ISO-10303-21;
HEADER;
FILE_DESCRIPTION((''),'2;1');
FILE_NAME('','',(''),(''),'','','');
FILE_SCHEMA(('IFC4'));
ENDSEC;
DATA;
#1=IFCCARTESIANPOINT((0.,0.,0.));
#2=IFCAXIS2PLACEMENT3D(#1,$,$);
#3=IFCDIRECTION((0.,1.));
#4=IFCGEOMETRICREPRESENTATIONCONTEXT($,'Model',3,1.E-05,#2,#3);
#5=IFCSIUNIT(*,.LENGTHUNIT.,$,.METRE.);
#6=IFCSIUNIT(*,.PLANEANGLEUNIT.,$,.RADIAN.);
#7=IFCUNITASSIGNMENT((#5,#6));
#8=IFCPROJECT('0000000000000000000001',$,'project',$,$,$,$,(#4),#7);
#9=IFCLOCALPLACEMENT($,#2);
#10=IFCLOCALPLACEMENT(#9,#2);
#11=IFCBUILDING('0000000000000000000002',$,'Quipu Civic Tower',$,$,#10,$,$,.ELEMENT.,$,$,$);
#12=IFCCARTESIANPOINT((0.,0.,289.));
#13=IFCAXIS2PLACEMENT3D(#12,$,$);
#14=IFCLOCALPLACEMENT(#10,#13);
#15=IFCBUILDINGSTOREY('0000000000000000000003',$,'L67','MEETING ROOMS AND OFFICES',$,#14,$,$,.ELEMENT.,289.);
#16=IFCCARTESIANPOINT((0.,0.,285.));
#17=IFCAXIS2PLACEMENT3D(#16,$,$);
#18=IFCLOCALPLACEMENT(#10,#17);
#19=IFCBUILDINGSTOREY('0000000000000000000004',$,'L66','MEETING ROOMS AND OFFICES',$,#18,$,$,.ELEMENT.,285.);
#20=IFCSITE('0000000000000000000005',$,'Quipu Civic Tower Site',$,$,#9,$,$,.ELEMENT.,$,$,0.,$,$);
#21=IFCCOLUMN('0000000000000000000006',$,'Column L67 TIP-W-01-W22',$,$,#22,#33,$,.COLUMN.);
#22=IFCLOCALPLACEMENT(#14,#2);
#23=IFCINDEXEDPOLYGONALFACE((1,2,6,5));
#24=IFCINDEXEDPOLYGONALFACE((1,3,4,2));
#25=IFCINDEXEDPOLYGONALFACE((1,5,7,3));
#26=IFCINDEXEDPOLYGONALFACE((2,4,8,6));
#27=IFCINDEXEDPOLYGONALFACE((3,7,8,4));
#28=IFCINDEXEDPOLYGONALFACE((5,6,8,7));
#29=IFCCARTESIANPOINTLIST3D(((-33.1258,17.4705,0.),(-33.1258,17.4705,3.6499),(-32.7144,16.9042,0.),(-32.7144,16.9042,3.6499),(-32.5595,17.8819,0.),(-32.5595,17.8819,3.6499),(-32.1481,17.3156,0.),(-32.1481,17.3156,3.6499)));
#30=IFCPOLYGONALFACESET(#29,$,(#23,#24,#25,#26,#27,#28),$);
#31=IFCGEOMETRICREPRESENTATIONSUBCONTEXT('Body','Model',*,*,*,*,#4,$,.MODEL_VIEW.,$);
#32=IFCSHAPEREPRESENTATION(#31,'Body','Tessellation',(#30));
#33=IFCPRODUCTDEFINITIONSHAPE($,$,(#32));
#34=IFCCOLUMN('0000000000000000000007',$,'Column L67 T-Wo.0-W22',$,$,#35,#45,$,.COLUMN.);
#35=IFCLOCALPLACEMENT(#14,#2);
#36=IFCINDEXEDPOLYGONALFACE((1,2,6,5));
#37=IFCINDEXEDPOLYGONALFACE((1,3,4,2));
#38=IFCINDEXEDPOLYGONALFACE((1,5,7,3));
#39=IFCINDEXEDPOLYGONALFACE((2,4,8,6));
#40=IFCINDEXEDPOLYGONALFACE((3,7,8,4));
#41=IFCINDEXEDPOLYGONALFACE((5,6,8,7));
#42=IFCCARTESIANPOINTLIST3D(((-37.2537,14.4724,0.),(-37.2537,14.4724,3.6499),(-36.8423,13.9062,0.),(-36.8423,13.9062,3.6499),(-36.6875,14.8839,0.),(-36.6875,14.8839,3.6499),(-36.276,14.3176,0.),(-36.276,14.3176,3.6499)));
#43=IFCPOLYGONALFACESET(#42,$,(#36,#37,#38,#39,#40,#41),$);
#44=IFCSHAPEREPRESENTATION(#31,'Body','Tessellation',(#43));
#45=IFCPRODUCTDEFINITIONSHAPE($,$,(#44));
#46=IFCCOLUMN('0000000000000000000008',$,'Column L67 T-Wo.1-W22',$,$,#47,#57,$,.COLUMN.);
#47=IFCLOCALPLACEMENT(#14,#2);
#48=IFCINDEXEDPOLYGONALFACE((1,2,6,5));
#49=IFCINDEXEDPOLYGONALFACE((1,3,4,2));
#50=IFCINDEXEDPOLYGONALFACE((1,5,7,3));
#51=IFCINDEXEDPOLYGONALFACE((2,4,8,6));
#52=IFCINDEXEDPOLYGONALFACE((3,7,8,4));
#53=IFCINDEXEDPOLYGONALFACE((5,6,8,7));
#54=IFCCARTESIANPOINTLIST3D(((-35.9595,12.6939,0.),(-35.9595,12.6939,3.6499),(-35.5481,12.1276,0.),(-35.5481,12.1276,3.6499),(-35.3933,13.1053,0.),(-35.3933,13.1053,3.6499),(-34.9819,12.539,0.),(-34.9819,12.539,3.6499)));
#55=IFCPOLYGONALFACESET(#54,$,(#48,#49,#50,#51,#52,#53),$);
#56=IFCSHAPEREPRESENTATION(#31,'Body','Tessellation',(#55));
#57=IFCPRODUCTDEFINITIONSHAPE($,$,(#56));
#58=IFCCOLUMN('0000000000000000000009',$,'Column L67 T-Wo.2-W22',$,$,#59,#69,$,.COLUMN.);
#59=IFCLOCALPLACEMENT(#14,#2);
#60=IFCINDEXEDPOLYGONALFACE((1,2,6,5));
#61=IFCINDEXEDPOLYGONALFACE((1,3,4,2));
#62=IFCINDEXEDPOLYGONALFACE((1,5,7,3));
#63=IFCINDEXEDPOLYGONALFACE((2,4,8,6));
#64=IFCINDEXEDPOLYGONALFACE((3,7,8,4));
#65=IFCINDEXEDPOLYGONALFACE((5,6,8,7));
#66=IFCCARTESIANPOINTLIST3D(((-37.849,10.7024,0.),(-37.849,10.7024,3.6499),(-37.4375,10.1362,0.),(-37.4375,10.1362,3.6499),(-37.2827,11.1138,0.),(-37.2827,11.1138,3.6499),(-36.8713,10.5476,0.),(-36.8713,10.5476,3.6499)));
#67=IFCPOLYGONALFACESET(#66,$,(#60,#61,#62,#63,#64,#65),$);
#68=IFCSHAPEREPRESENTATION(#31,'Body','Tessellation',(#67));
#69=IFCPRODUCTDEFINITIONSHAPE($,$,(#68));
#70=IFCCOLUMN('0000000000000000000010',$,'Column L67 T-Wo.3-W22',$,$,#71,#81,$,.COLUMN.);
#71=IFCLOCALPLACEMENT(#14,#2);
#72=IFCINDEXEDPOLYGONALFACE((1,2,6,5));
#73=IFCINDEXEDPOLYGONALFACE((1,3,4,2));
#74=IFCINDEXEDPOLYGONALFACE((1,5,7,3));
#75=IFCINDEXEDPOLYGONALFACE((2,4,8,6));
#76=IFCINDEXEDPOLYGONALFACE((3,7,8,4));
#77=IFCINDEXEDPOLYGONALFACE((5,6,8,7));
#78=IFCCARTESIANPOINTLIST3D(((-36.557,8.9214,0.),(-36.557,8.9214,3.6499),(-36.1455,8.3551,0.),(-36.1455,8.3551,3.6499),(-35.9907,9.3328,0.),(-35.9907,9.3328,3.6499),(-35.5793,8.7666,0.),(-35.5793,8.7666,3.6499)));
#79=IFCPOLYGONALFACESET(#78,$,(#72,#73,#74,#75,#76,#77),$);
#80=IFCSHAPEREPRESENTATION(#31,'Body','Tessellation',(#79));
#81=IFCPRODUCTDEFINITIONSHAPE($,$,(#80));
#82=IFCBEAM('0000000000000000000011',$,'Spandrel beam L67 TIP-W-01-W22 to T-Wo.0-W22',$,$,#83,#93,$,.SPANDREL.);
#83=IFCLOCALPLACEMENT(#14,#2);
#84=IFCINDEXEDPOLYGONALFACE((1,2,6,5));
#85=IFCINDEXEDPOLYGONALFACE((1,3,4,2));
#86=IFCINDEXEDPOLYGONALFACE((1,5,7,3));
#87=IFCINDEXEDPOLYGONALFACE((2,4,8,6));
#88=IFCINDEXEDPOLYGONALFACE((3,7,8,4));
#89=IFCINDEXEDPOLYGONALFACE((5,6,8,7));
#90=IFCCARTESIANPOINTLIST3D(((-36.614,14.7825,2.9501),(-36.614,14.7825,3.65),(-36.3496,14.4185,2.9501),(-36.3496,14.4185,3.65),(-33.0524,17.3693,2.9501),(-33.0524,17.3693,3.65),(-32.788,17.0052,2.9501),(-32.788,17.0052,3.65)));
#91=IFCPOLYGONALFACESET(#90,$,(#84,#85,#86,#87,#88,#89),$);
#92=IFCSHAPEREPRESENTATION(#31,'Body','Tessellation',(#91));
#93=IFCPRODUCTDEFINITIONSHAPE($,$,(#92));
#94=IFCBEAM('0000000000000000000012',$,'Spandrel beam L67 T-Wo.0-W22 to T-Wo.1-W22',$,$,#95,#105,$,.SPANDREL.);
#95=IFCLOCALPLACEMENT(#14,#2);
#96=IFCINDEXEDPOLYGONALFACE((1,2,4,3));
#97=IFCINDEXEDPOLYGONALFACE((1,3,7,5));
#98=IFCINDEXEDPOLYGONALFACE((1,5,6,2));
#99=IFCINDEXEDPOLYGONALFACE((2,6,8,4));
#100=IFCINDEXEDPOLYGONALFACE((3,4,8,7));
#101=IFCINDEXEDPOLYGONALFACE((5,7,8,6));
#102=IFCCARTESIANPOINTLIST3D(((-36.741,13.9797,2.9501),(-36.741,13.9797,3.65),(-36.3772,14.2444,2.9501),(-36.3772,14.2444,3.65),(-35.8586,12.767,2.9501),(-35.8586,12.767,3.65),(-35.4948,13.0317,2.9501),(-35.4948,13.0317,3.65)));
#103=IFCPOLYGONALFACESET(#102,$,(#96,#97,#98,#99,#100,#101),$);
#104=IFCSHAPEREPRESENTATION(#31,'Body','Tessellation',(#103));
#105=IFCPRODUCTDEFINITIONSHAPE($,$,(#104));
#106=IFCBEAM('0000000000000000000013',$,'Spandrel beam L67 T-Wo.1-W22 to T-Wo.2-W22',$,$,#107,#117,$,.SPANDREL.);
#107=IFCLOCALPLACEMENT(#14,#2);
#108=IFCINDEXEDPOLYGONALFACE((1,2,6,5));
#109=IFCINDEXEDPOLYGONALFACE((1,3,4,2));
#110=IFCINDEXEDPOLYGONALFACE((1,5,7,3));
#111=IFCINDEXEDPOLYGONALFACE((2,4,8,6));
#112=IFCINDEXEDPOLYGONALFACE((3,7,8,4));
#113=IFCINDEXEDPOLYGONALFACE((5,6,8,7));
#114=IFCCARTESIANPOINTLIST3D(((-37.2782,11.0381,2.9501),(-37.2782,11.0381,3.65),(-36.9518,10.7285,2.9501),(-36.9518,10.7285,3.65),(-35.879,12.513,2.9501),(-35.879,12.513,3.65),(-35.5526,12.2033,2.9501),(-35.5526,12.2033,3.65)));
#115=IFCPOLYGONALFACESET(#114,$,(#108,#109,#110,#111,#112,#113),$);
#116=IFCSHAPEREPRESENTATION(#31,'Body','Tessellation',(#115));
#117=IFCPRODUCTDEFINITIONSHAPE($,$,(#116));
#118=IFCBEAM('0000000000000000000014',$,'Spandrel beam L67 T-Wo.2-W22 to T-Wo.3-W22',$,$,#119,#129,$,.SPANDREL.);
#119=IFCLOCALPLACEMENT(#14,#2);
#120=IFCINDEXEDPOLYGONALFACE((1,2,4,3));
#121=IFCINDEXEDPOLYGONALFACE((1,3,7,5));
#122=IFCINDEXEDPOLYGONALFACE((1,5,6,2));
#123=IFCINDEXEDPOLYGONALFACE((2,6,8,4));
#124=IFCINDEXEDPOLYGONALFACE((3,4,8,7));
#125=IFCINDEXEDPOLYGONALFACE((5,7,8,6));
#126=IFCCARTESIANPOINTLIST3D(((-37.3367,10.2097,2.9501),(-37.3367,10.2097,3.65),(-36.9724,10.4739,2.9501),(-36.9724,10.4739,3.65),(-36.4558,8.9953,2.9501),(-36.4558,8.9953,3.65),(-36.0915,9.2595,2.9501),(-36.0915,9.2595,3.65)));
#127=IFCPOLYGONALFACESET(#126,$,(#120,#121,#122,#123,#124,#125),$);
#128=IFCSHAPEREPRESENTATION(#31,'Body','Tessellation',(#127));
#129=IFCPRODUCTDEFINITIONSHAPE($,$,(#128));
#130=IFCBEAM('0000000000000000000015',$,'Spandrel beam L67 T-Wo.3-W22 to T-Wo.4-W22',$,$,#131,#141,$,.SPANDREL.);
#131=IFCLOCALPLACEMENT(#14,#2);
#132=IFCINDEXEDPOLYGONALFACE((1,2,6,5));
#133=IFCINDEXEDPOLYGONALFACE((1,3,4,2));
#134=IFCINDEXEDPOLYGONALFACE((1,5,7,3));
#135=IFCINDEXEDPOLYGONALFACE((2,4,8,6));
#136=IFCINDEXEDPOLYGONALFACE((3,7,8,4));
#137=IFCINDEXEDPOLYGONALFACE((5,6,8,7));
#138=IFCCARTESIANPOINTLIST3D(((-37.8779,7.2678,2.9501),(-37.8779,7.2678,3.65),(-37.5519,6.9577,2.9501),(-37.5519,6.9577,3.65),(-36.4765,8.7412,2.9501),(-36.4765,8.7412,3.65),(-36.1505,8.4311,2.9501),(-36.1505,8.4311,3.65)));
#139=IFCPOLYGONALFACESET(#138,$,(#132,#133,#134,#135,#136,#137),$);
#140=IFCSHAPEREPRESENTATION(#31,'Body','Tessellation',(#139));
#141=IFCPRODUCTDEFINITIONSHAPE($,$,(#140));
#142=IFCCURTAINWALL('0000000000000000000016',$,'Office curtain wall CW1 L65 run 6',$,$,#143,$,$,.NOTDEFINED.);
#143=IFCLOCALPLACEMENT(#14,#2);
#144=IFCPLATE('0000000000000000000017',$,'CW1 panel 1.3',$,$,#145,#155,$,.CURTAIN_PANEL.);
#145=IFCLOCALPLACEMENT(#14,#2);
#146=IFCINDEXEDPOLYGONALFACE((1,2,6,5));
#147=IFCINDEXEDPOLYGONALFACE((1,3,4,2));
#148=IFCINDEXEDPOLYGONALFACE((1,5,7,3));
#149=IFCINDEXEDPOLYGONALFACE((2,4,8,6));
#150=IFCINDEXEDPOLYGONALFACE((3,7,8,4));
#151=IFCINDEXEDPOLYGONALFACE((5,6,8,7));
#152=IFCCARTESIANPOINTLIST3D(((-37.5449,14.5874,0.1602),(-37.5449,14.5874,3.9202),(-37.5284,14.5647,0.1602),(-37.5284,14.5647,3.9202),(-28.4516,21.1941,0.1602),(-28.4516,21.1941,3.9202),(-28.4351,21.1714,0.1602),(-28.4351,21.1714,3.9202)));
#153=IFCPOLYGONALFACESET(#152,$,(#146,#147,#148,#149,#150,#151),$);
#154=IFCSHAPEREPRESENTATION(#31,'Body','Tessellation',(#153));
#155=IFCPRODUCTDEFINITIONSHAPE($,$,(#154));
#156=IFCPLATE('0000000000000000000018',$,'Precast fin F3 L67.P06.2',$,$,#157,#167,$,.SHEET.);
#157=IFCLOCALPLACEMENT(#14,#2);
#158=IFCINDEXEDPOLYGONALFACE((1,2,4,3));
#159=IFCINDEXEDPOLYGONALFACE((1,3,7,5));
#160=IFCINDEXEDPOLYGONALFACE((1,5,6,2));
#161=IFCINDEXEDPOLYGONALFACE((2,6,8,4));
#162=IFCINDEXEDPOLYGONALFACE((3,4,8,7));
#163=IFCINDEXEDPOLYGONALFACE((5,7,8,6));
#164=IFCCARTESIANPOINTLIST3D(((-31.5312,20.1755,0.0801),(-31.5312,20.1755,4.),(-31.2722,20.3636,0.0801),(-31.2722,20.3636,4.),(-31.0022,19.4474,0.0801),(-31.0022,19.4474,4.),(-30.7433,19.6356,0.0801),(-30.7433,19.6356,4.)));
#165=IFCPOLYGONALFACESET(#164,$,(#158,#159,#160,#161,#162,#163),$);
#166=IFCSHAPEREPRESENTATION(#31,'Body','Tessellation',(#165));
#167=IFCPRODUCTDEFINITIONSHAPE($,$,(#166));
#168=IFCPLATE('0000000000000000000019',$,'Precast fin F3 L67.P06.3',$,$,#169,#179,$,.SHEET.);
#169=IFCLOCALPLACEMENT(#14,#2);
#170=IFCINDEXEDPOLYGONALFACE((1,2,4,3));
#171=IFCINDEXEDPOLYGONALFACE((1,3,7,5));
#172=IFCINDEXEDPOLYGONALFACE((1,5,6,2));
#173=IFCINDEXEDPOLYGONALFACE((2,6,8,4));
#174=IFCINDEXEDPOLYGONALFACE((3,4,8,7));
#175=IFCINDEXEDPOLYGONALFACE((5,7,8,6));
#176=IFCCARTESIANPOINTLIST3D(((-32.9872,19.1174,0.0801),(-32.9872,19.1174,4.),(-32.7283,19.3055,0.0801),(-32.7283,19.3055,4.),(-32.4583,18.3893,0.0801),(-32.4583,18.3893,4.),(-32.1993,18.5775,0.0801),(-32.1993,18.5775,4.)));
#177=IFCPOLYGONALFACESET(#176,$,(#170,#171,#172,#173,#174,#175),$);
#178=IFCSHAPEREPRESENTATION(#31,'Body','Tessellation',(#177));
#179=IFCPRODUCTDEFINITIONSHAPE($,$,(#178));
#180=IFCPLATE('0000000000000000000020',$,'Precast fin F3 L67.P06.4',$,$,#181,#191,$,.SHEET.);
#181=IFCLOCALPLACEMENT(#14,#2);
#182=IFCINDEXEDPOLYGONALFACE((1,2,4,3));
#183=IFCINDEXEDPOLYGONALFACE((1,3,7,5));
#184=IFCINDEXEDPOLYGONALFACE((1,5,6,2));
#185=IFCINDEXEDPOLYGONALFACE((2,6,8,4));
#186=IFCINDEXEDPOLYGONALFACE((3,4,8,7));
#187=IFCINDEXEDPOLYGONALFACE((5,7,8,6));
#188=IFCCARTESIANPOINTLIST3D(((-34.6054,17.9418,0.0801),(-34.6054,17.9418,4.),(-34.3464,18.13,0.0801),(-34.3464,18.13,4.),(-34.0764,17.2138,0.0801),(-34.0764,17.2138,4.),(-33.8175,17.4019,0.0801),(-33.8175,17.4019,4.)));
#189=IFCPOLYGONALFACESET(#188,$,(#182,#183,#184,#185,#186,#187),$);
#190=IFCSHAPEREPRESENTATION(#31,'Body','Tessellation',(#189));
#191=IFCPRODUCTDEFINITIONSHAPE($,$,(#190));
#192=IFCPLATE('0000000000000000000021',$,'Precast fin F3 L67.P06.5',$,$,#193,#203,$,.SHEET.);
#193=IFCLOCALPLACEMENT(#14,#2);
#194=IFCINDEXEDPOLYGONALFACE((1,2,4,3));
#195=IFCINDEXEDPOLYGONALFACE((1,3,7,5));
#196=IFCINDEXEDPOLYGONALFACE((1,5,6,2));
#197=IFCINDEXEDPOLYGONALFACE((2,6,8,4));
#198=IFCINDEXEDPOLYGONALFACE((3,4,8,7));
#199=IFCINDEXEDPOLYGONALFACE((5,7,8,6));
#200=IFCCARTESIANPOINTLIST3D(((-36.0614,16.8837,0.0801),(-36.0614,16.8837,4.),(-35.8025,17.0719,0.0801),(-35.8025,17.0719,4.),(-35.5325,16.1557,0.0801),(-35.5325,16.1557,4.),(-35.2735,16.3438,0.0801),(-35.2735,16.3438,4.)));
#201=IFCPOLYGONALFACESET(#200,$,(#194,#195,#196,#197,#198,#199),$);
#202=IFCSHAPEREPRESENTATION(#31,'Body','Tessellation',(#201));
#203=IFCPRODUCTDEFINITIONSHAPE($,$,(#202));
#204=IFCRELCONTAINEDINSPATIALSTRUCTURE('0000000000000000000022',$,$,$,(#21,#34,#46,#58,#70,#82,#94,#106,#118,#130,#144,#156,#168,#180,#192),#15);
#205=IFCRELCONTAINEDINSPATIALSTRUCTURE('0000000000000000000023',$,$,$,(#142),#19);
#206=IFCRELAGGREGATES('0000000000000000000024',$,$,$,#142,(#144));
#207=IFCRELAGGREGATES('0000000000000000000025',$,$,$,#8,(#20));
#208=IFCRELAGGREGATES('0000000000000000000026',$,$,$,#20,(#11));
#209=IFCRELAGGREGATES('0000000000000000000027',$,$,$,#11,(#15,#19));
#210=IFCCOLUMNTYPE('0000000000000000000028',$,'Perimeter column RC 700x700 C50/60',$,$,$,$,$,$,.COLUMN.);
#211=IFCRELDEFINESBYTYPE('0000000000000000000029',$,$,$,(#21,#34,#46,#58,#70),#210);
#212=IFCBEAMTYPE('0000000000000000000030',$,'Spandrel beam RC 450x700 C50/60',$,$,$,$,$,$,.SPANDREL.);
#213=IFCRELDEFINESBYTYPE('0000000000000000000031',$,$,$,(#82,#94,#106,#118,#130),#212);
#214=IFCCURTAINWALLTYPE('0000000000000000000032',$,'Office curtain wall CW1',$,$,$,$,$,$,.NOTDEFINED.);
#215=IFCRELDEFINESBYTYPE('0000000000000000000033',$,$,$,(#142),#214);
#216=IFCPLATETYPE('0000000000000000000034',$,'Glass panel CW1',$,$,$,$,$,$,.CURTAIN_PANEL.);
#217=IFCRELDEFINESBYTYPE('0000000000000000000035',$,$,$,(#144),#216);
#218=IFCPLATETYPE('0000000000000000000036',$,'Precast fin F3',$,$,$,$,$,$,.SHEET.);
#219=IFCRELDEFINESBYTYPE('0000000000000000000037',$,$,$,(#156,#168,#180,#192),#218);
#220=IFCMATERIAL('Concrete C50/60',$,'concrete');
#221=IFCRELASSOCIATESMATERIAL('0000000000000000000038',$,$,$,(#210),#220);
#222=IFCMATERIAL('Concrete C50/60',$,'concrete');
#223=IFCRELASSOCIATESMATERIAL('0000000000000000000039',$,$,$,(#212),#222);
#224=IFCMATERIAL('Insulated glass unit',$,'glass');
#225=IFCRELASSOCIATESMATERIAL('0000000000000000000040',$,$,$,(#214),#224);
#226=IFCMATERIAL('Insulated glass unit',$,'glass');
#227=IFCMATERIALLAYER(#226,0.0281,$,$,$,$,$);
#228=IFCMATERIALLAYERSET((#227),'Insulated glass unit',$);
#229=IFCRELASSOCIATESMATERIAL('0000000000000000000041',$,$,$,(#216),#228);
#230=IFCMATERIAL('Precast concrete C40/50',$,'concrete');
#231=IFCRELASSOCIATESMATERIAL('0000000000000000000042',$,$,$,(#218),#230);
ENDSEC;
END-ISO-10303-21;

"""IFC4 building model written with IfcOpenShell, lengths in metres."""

from ifc_helpers import new_model, si_unit, direction, frame, origin, origin_2d, place, context, subcontext, project, spatial, rectangle, extrude, material, layer, layer_set, material_profile, profile_set, type_object, element, aggregate, save


model = new_model("IFC4")

# Units and contexts
model_context = context("Model", 3, precision=1e-05, world=origin(), true_north=direction((0.0, 1.0)))
body_context = subcontext(model_context, "Body", "Model", "MODEL_VIEW")
ifc_project = project(units=[si_unit("LENGTHUNIT", "METRE"), si_unit("PLANEANGLEUNIT", "RADIAN")], contexts=[model_context])

# Site, building, storey
site_placement = place(None, origin())
site = spatial("IfcSite", under=ifc_project, at=site_placement, Name="Quipu Civic Tower Site", CompositionType="ELEMENT", RefElevation=0.0)
building_placement = place(site_placement, origin())
building = spatial("IfcBuilding", under=site, at=building_placement, Name="Quipu Civic Tower", CompositionType="ELEMENT")
storey_1_placement = place(building_placement, frame((0.0, 0.0, 289.0)))
storey_1 = spatial("IfcBuildingStorey", under=building, at=storey_1_placement, Name="L67", Description="MEETING ROOMS AND OFFICES", CompositionType="ELEMENT", Elevation=289.0)

# Columns
ifc_material_1 = material(Name="Concrete C50/60", Category="concrete")
ifc_material_profile_1 = material_profile(ifc_material_1, rectangle(XDim=0.7, YDim=0.7, at=origin_2d()), Name="RC700x700")
ifc_profile_set_1 = profile_set([ifc_material_profile_1], Name="Concrete C50/60")
column_type = type_object("IfcColumnType", Name="Perimeter column RC 700x700 C50/60", PredefinedType="COLUMN", material=ifc_profile_set_1)
for number, where, z_axis, x_axis, name in (
    (1, (-32.637, 17.3931, 0.0), (0.0, 0.0, 1.0), (-0.809017, -0.587785, 0.0), "Column L67 TIP-W-01-W22"),
    (2, (-36.7649, 14.395, 0.0), (0.0, 0.0, 1.0), (0.587785, -0.809017, 0.0), "Column L67 T-Wo.0-W22"),
    (3, (-35.4707, 12.6165, 0.0), (0.0, 0.0, 1.0), (-0.809017, -0.587785, 0.0), "Column L67 T-Wo.1-W22"),
    (4, (-37.3601, 10.625, 0.0), (0.0, 0.0, 1.0), (0.587785, -0.809017, 0.0), "Column L67 T-Wo.2-W22"),
    (5, (-36.0681, 8.844, 0.0), (0.0, 0.0, 1.0), (0.587785, -0.809017, 0.0), "Column L67 T-Wo.3-W22"),
):
    element("IfcColumn", number, at=place(storey_1_placement, frame(where, z_axis=z_axis, x_axis=x_axis)), inside=storey_1, type_object=column_type, Name=name, PredefinedType="COLUMN", context=body_context, shape_type="SweptSolid", body=[
        extrude(rectangle(XDim=0.7, YDim=0.7, at=origin_2d()), origin(), (0.0, 0.0, 1.0), 3.6499),
    ])

# Beams
ifc_material_2 = material(Name="Concrete C50/60", Category="concrete")
ifc_material_profile_2 = material_profile(ifc_material_2, rectangle(XDim=0.45, YDim=0.7, at=origin_2d()), Name="RC450x700")
ifc_profile_set_2 = profile_set([ifc_material_profile_2], Name="Concrete C50/60")
beam_type = type_object("IfcBeamType", Name="Spandrel beam RC 450x700 C50/60", PredefinedType="SPANDREL", material=ifc_profile_set_2)
beam_1_placement = place(storey_1_placement, frame((-32.9202, 17.1873, 3.3), z_axis=(-0.809117, -0.587647, 0.0), x_axis=(0.587647, -0.809117, 0.0)))
element("IfcBeam", 6, at=beam_1_placement, inside=storey_1, type_object=beam_type, Name="Spandrel beam L67 TIP-W-01-W22 to T-Wo.0-W22", PredefinedType="SPANDREL", context=body_context, shape_type="SweptSolid", body=[
    extrude(rectangle(XDim=0.45, YDim=0.7, at=origin_2d()), origin(), (0.0, 0.0, 1.0), 4.4019),
])
beam_2_placement = place(storey_1_placement, frame((-36.5591, 14.1121, 3.3), z_axis=(0.588346, -0.808609, 0.0), x_axis=(0.808609, 0.588346, 0.0)))
element("IfcBeam", 7, at=beam_2_placement, inside=storey_1, type_object=beam_type, Name="Spandrel beam L67 T-Wo.0-W22 to T-Wo.1-W22", PredefinedType="SPANDREL", context=body_context, shape_type="SweptSolid", body=[
    extrude(rectangle(XDim=0.45, YDim=0.7, at=origin_2d()), origin(), (0.0, 0.0, 1.0), 1.4998),
])
beam_3_placement = place(storey_1_placement, frame((-35.7158, 12.3582, 3.3), z_axis=(-0.688247, -0.725476, 0.0), x_axis=(0.725476, -0.688247, 0.0)))
element("IfcBeam", 8, at=beam_3_placement, inside=storey_1, type_object=beam_type, Name="Spandrel beam L67 T-Wo.1-W22 to T-Wo.2-W22", PredefinedType="SPANDREL", context=body_context, shape_type="SweptSolid", body=[
    extrude(rectangle(XDim=0.45, YDim=0.7, at=origin_2d()), origin(), (0.0, 0.0, 1.0), 2.033),
])
beam_4_placement = place(storey_1_placement, frame((-37.1545, 10.3418, 3.3), z_axis=(0.587165, -0.809467, 0.0), x_axis=(0.809467, 0.587165, 0.0)))
element("IfcBeam", 9, at=beam_4_placement, inside=storey_1, type_object=beam_type, Name="Spandrel beam L67 T-Wo.2-W22 to T-Wo.3-W22", PredefinedType="SPANDREL", context=body_context, shape_type="SweptSolid", body=[
    extrude(rectangle(XDim=0.45, YDim=0.7, at=origin_2d()), origin(), (0.0, 0.0, 1.0), 1.5002),
])
beam_5_placement = place(storey_1_placement, frame((-36.3135, 8.5862, 3.3), z_axis=(-0.689175, -0.724595, 0.0), x_axis=(0.724595, -0.689175, 0.0)))
element("IfcBeam", 10, at=beam_5_placement, inside=storey_1, type_object=beam_type, Name="Spandrel beam L67 T-Wo.3-W22 to T-Wo.4-W22", PredefinedType="SPANDREL", context=body_context, shape_type="SweptSolid", body=[
    extrude(rectangle(XDim=0.45, YDim=0.7, at=origin_2d()), origin(), (0.0, 0.0, 1.0), 2.0334),
])

# Shared definitions
storey_2_placement = place(building_placement, frame((0.0, 0.0, 285.0)))
storey_2 = spatial("IfcBuildingStorey", under=building, at=storey_2_placement, Name="L66", Description="MEETING ROOMS AND OFFICES", CompositionType="ELEMENT", Elevation=285.0)

# Curtain wall, plate
ifc_material_3 = material(Name="Insulated glass unit", Category="glass")
curtain_wall_type = type_object("IfcCurtainWallType", Name="Office curtain wall CW1", PredefinedType="NOTDEFINED", material=ifc_material_3)
curtain_wall_placement = place(storey_2_placement, origin())
curtain_wall = element("IfcCurtainWall", 11, at=curtain_wall_placement, inside=storey_2, type_object=curtain_wall_type, Name="Office curtain wall CW1 L65 run 6", PredefinedType="NOTDEFINED")
ifc_material_4 = material(Name="Insulated glass unit", Category="glass")
ifc_layer = layer(ifc_material_4, 0.0281)
ifc_layer_set = layer_set([ifc_layer], Name="Insulated glass unit")
plate_type_1 = type_object("IfcPlateType", Name="Glass panel CW1", PredefinedType="CURTAIN_PANEL", material=ifc_layer_set)
plate_placement = place(storey_1_placement, frame((-32.99, 17.8794, 0.1602), z_axis=(0.0, 0.0, 1.0), x_axis=(-0.809015, -0.587788, 0.0)))
plate = element("IfcPlate", 12, at=plate_placement, inside=storey_1, type_object=plate_type_1, Name="CW1 panel 1.3", PredefinedType="CURTAIN_PANEL", context=body_context, shape_type="SweptSolid", body=[
    extrude(rectangle(XDim=11.24, YDim=0.0281, at=origin_2d()), origin(), (0.0, 0.0, 1.0), 3.76),
])
aggregate(curtain_wall, [plate])

# Plates
ifc_material_5 = material(Name="Precast concrete C40/50", Category="concrete")
plate_type_2 = type_object("IfcPlateType", Name="Precast fin F3", PredefinedType="SHEET", material=ifc_material_5)
for number, where, z_axis, x_axis, name in (
    (13, (-31.1372, 19.9055, 0.0801), (0.0, 0.0, 1.0), (-0.809017, -0.587785, 0.0), "Precast fin F3 L67.P06.2"),
    (14, (-32.5933, 18.8474, 0.0801), (0.0, 0.0, 1.0), (-0.809017, -0.587785, 0.0), "Precast fin F3 L67.P06.3"),
    (15, (-34.2114, 17.6719, 0.0801), (0.0, 0.0, 1.0), (-0.809017, -0.587785, 0.0), "Precast fin F3 L67.P06.4"),
    (16, (-35.6675, 16.6138, 0.0801), (0.0, 0.0, 1.0), (-0.809017, -0.587785, 0.0), "Precast fin F3 L67.P06.5"),
):
    element("IfcPlate", number, at=place(storey_1_placement, frame(where, z_axis=z_axis, x_axis=x_axis)), inside=storey_1, type_object=plate_type_2, Name=name, PredefinedType="SHEET", context=body_context, shape_type="SweptSolid", body=[
        extrude(rectangle(XDim=0.3201, YDim=0.8999, at=origin_2d()), origin(), (0.0, 0.0, 1.0), 3.9199),
    ])

save(model, "model.ifc")
